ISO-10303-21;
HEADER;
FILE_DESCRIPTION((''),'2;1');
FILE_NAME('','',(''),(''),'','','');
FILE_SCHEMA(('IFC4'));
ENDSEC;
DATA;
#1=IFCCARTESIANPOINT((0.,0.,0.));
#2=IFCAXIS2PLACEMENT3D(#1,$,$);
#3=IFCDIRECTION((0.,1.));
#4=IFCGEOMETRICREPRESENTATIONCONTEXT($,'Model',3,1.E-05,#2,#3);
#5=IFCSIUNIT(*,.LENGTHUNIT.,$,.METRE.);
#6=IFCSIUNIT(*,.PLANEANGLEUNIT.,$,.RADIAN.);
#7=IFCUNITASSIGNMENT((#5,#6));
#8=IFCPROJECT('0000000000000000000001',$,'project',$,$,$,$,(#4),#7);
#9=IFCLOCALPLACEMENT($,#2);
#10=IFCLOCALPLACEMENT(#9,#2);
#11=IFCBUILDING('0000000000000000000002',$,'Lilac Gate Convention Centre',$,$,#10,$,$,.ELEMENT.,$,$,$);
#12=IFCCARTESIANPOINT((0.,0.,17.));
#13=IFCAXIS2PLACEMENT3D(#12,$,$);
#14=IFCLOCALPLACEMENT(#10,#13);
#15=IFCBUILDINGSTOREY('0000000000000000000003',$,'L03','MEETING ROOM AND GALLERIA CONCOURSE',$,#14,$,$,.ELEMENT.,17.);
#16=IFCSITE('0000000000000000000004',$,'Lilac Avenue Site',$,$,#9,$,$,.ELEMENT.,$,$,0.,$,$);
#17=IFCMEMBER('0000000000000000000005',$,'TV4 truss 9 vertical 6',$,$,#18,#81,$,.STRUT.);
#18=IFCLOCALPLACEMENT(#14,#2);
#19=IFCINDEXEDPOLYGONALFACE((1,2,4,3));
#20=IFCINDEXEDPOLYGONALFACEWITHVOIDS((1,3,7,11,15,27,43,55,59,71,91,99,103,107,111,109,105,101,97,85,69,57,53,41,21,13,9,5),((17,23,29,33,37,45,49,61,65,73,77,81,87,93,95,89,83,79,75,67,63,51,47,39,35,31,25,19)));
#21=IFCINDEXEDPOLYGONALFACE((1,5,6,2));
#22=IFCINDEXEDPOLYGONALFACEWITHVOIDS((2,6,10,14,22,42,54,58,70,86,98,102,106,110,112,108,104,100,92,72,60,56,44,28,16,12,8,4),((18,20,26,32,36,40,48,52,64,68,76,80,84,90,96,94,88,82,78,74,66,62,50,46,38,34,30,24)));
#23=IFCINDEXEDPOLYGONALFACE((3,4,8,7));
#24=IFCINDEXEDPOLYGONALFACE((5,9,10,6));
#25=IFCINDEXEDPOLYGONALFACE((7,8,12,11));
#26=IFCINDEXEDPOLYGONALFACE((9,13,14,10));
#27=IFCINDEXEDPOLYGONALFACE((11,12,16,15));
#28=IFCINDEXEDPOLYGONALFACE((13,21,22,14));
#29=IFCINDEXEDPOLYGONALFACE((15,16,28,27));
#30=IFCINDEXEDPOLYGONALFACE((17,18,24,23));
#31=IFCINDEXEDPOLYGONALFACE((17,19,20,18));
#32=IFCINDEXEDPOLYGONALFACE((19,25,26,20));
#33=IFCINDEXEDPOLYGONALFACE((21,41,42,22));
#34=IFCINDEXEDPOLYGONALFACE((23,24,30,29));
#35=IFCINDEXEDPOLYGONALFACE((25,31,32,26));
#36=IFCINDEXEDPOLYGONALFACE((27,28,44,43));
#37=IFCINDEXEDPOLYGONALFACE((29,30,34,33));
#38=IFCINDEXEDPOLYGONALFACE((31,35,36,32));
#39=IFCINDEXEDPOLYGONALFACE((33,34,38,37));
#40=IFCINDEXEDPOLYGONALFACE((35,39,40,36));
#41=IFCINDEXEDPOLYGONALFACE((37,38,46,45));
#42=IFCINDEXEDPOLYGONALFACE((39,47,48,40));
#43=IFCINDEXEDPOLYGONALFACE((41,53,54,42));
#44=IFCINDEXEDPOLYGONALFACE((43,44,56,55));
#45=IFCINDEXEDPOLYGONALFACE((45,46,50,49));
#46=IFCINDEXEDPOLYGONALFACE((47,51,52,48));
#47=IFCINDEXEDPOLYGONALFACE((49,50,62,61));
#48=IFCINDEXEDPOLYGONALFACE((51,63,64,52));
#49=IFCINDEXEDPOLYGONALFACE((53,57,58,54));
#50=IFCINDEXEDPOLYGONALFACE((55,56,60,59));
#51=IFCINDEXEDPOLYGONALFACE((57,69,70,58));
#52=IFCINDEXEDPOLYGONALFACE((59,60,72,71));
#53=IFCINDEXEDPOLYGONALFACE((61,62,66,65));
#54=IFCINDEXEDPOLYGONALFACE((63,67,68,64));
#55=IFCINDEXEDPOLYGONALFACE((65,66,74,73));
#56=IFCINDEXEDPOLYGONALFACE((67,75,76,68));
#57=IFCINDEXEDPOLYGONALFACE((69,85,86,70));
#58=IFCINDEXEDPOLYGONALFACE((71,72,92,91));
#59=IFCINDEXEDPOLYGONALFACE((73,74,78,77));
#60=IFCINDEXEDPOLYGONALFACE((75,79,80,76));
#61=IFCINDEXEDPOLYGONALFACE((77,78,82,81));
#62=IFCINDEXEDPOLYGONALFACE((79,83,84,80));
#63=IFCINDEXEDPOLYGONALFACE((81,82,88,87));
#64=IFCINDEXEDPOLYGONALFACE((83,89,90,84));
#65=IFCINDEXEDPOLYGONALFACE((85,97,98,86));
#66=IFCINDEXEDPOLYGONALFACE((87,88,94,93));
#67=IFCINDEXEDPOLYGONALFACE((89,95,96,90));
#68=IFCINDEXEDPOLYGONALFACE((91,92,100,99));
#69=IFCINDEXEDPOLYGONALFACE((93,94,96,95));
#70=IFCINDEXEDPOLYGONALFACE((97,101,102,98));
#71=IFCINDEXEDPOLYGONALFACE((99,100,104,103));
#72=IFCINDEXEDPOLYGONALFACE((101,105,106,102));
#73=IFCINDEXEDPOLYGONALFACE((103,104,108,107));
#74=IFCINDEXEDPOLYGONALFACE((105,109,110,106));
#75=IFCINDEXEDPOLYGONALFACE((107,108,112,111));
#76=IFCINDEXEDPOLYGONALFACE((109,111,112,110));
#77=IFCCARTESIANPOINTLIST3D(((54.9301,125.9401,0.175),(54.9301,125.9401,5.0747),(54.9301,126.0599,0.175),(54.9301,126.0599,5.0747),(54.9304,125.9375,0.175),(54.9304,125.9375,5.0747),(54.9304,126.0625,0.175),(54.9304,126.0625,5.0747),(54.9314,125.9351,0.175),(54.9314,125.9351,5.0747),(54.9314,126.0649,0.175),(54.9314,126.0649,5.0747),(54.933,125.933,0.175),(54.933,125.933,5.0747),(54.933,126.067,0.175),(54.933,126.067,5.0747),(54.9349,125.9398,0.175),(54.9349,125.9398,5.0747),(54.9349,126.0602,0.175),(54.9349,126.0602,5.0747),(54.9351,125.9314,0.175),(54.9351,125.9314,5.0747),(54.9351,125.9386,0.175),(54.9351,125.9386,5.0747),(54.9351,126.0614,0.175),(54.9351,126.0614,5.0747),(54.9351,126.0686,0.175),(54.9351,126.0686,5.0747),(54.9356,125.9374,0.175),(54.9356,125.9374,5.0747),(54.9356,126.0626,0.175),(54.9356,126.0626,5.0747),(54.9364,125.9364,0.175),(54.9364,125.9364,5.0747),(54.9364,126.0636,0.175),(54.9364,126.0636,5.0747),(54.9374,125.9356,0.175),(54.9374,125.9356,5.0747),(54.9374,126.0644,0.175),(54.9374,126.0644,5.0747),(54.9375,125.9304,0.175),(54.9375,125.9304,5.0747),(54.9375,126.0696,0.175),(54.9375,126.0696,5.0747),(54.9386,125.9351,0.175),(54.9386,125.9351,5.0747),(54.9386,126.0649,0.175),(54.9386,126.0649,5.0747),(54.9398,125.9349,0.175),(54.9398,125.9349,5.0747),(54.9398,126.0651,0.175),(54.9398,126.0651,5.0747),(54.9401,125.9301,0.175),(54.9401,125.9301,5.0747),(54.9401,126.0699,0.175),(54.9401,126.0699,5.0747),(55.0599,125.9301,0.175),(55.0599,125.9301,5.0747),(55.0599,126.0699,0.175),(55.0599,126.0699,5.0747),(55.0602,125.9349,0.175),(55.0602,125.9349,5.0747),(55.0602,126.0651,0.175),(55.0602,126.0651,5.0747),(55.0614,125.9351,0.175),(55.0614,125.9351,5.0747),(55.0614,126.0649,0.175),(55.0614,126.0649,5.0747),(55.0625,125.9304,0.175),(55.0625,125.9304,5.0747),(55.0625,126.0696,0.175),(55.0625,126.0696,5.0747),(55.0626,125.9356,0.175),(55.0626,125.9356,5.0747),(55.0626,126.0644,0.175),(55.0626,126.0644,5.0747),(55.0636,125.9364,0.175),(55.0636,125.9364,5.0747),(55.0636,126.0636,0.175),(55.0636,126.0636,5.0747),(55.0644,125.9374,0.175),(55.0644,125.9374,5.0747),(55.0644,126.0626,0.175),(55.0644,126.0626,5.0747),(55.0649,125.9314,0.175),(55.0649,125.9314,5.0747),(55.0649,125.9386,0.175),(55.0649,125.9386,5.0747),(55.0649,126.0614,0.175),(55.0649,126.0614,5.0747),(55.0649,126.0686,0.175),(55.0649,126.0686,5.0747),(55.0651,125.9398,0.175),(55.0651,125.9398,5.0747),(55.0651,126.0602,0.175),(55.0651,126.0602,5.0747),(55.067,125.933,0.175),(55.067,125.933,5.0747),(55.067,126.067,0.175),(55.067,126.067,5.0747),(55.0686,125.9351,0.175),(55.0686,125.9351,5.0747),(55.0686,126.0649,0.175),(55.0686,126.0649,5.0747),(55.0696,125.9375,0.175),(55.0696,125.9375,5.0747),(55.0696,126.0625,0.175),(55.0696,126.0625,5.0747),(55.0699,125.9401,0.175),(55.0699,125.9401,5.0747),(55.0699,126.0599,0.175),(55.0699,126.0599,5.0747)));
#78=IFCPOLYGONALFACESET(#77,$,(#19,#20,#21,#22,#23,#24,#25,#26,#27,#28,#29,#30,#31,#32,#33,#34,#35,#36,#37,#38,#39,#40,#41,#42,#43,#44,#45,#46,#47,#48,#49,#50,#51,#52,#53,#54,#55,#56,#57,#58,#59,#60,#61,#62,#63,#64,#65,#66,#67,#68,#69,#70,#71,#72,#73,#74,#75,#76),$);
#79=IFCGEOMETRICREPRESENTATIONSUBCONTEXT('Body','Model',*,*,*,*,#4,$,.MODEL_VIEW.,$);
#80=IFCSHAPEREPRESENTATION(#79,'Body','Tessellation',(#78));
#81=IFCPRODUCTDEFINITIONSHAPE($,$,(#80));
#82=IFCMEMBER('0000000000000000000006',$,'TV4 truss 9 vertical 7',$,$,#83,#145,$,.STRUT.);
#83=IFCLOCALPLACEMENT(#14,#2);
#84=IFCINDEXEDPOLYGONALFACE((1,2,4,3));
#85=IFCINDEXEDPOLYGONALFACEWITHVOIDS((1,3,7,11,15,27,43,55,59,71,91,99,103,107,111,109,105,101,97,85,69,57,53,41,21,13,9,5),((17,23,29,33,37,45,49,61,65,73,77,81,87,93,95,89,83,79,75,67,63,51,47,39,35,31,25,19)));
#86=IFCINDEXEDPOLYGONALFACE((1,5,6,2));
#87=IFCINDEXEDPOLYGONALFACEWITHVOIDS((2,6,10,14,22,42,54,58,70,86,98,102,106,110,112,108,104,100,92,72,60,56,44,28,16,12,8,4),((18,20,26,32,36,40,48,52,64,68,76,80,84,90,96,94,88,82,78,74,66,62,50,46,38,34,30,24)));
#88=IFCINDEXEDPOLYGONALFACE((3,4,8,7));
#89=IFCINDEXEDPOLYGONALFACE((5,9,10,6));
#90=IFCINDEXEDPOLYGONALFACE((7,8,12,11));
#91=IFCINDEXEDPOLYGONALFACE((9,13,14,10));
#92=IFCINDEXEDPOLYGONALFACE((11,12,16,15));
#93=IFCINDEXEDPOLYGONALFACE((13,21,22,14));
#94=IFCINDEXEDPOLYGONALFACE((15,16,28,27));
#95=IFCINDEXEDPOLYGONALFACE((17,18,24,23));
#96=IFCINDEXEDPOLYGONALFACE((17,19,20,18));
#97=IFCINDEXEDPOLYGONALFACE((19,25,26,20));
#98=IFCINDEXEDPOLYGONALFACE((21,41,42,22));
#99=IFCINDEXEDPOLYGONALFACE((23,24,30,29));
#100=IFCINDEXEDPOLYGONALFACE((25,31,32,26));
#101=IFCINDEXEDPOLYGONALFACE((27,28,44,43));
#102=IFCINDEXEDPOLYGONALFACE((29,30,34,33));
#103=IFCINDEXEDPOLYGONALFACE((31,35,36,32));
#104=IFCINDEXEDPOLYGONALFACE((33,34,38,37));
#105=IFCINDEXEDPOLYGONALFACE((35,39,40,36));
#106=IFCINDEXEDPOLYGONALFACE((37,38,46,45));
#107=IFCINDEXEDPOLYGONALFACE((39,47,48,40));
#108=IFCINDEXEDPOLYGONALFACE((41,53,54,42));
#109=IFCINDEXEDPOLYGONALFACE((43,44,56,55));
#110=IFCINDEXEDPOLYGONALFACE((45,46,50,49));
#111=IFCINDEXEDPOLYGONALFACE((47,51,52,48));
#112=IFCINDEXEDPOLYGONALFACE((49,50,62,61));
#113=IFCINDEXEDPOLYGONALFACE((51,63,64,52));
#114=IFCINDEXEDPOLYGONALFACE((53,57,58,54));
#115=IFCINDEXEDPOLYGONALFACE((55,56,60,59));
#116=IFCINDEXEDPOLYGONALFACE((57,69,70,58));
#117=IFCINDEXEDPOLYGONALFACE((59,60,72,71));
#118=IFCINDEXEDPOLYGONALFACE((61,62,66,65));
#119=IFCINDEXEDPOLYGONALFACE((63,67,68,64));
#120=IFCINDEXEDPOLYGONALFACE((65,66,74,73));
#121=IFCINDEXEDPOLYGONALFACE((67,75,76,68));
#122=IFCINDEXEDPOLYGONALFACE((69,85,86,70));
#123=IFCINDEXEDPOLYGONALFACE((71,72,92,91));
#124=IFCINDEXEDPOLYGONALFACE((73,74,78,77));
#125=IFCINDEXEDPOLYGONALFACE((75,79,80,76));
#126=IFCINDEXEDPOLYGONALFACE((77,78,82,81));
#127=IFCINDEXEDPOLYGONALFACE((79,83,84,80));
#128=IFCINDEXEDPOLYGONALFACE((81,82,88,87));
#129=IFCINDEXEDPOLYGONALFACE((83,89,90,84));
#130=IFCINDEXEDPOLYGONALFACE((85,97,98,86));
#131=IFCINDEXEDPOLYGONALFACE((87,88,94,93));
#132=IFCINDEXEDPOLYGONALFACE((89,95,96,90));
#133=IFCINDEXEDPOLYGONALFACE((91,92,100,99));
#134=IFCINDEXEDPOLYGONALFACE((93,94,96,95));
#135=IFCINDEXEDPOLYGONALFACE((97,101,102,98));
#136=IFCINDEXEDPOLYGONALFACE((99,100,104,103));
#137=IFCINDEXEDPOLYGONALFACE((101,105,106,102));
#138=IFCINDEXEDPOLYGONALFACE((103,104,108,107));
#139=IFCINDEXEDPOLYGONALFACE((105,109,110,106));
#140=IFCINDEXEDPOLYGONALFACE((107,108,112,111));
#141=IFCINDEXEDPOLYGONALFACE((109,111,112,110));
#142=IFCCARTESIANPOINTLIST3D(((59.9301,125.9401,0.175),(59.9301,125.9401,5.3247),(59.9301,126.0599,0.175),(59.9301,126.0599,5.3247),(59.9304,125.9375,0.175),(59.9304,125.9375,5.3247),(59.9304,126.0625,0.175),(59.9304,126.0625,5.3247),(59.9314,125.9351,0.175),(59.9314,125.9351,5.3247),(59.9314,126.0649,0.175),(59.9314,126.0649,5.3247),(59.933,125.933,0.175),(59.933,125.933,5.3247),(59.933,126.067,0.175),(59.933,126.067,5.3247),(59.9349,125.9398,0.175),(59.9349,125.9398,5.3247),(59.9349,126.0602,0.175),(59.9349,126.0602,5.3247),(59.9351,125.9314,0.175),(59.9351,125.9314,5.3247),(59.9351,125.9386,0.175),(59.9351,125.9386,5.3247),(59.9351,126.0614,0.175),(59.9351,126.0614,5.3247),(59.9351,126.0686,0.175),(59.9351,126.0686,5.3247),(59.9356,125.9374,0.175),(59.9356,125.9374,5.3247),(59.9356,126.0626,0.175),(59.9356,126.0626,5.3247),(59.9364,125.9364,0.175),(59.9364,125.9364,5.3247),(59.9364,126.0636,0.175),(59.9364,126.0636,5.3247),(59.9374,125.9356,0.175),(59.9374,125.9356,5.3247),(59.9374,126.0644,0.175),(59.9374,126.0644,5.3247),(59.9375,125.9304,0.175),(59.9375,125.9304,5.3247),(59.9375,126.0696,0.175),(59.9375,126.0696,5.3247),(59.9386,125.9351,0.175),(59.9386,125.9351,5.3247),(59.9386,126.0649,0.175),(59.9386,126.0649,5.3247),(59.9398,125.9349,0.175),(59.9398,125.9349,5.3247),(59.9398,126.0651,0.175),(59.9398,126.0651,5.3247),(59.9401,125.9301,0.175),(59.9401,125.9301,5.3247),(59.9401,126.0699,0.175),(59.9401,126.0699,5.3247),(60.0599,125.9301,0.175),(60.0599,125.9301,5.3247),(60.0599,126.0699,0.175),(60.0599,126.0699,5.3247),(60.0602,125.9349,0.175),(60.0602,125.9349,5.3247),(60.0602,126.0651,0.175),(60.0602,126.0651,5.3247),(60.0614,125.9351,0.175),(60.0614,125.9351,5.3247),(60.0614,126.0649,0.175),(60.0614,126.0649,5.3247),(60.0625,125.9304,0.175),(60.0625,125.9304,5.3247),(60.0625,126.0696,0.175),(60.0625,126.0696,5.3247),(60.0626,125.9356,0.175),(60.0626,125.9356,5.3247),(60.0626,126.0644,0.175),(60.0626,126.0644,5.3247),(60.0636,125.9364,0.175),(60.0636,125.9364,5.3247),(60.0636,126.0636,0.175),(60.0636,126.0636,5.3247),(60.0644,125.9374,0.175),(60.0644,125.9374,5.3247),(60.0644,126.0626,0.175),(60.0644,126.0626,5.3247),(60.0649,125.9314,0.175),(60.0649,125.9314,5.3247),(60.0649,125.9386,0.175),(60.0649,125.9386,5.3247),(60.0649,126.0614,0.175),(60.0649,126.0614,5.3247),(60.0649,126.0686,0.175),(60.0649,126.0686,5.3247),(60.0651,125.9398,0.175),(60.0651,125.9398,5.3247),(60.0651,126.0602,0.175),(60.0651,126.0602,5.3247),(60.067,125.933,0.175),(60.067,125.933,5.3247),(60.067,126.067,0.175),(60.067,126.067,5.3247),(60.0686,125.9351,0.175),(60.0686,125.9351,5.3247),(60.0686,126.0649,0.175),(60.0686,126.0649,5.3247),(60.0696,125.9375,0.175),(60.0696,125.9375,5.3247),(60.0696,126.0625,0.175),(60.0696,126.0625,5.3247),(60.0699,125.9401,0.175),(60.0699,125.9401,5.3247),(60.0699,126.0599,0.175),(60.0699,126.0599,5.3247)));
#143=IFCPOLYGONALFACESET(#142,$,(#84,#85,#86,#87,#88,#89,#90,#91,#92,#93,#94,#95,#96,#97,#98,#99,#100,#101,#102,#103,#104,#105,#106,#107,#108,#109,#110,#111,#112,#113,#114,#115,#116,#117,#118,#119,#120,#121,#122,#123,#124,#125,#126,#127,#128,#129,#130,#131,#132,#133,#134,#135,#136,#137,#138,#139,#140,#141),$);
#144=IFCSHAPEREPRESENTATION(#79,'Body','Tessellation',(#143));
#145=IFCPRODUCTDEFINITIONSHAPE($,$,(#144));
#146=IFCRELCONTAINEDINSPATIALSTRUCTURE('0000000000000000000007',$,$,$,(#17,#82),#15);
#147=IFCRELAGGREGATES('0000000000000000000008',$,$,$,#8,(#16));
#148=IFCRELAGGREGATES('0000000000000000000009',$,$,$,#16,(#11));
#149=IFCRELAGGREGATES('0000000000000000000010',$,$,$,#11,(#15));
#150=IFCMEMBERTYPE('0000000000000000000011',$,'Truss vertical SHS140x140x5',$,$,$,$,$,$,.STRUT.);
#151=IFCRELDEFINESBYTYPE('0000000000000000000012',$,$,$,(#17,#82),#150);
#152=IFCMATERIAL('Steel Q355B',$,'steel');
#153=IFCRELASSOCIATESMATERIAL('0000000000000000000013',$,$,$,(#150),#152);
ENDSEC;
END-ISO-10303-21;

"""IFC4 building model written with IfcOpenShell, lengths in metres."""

from ifc_helpers import new_model, si_unit, direction, frame, origin, origin_2d, place, context, subcontext, project, spatial, hollow_rectangle, extrude, material, material_profile, profile_set, type_object, element, save


model = new_model("IFC4")

# Units and contexts
model_context = context("Model", 3, precision=1e-05, world=origin(), true_north=direction((0.0, 1.0)))
body_context = subcontext(model_context, "Body", "Model", "MODEL_VIEW")
ifc_project = project(units=[si_unit("LENGTHUNIT", "METRE"), si_unit("PLANEANGLEUNIT", "RADIAN")], contexts=[model_context])

# Site, building, storey
site_placement = place(None, origin())
site = spatial("IfcSite", under=ifc_project, at=site_placement, Name="Lilac Avenue Site", CompositionType="ELEMENT", RefElevation=0.0)
building_placement = place(site_placement, origin())
building = spatial("IfcBuilding", under=site, at=building_placement, Name="Lilac Gate Convention Centre", CompositionType="ELEMENT")
storey_placement = place(building_placement, frame((0.0, 0.0, 17.0)))
storey = spatial("IfcBuildingStorey", under=building, at=storey_placement, Name="L03", Description="MEETING ROOM AND GALLERIA CONCOURSE", CompositionType="ELEMENT", Elevation=17.0)

# Members
ifc_material = material(Name="Steel Q355B", Category="steel")
ifc_material_profile_1 = material_profile(ifc_material, hollow_rectangle(XDim=0.1399, YDim=0.1399, WallThickness=0.0049, InnerFilletRadius=0.0049, OuterFilletRadius=0.01, at=origin_2d()), Name="SHS140x140x5")
ifc_profile_set_1 = profile_set([ifc_material_profile_1], Name="Steel Q355B")
member_type_1 = type_object("IfcMemberType", Name="Truss vertical SHS140x140x5", PredefinedType="STRUT", material=ifc_profile_set_1)
for number, where, z_axis, x_axis, name in (
    (1, (55.0, 126.0, 0.175), (0.0, 0.0, 1.0), (1.0, 0.0, 0.0), "TV4 truss 9 vertical 6"),
):
    element("IfcMember", number, at=place(storey_placement, frame(where, z_axis=z_axis, x_axis=x_axis)), inside=storey, type_object=member_type_1, Name=name, PredefinedType="STRUT", context=body_context, shape_type="SweptSolid", body=[
        extrude(hollow_rectangle(XDim=0.1399, YDim=0.1399, WallThickness=0.0049, InnerFilletRadius=0.0049, OuterFilletRadius=0.01, at=origin_2d()), origin(), (0.0, 0.0, 1.0), 4.8997),
    ])
member_1_placement = place(storey_placement, frame((60.0, 126.0, 0.175), z_axis=(0.0, 0.0, 1.0), x_axis=(1.0, 0.0, 0.0)))
element("IfcMember", 2, at=member_1_placement, inside=storey, type_object=member_type_1, Name="TV4 truss 9 vertical 7", PredefinedType="STRUT", context=body_context, shape_type="SweptSolid", body=[
    extrude(hollow_rectangle(XDim=0.1399, YDim=0.1399, WallThickness=0.0049, InnerFilletRadius=0.0049, OuterFilletRadius=0.01, at=origin_2d()), origin(), (0.0, 0.0, 1.0), 5.1497),
])

save(model, "model.ifc")
